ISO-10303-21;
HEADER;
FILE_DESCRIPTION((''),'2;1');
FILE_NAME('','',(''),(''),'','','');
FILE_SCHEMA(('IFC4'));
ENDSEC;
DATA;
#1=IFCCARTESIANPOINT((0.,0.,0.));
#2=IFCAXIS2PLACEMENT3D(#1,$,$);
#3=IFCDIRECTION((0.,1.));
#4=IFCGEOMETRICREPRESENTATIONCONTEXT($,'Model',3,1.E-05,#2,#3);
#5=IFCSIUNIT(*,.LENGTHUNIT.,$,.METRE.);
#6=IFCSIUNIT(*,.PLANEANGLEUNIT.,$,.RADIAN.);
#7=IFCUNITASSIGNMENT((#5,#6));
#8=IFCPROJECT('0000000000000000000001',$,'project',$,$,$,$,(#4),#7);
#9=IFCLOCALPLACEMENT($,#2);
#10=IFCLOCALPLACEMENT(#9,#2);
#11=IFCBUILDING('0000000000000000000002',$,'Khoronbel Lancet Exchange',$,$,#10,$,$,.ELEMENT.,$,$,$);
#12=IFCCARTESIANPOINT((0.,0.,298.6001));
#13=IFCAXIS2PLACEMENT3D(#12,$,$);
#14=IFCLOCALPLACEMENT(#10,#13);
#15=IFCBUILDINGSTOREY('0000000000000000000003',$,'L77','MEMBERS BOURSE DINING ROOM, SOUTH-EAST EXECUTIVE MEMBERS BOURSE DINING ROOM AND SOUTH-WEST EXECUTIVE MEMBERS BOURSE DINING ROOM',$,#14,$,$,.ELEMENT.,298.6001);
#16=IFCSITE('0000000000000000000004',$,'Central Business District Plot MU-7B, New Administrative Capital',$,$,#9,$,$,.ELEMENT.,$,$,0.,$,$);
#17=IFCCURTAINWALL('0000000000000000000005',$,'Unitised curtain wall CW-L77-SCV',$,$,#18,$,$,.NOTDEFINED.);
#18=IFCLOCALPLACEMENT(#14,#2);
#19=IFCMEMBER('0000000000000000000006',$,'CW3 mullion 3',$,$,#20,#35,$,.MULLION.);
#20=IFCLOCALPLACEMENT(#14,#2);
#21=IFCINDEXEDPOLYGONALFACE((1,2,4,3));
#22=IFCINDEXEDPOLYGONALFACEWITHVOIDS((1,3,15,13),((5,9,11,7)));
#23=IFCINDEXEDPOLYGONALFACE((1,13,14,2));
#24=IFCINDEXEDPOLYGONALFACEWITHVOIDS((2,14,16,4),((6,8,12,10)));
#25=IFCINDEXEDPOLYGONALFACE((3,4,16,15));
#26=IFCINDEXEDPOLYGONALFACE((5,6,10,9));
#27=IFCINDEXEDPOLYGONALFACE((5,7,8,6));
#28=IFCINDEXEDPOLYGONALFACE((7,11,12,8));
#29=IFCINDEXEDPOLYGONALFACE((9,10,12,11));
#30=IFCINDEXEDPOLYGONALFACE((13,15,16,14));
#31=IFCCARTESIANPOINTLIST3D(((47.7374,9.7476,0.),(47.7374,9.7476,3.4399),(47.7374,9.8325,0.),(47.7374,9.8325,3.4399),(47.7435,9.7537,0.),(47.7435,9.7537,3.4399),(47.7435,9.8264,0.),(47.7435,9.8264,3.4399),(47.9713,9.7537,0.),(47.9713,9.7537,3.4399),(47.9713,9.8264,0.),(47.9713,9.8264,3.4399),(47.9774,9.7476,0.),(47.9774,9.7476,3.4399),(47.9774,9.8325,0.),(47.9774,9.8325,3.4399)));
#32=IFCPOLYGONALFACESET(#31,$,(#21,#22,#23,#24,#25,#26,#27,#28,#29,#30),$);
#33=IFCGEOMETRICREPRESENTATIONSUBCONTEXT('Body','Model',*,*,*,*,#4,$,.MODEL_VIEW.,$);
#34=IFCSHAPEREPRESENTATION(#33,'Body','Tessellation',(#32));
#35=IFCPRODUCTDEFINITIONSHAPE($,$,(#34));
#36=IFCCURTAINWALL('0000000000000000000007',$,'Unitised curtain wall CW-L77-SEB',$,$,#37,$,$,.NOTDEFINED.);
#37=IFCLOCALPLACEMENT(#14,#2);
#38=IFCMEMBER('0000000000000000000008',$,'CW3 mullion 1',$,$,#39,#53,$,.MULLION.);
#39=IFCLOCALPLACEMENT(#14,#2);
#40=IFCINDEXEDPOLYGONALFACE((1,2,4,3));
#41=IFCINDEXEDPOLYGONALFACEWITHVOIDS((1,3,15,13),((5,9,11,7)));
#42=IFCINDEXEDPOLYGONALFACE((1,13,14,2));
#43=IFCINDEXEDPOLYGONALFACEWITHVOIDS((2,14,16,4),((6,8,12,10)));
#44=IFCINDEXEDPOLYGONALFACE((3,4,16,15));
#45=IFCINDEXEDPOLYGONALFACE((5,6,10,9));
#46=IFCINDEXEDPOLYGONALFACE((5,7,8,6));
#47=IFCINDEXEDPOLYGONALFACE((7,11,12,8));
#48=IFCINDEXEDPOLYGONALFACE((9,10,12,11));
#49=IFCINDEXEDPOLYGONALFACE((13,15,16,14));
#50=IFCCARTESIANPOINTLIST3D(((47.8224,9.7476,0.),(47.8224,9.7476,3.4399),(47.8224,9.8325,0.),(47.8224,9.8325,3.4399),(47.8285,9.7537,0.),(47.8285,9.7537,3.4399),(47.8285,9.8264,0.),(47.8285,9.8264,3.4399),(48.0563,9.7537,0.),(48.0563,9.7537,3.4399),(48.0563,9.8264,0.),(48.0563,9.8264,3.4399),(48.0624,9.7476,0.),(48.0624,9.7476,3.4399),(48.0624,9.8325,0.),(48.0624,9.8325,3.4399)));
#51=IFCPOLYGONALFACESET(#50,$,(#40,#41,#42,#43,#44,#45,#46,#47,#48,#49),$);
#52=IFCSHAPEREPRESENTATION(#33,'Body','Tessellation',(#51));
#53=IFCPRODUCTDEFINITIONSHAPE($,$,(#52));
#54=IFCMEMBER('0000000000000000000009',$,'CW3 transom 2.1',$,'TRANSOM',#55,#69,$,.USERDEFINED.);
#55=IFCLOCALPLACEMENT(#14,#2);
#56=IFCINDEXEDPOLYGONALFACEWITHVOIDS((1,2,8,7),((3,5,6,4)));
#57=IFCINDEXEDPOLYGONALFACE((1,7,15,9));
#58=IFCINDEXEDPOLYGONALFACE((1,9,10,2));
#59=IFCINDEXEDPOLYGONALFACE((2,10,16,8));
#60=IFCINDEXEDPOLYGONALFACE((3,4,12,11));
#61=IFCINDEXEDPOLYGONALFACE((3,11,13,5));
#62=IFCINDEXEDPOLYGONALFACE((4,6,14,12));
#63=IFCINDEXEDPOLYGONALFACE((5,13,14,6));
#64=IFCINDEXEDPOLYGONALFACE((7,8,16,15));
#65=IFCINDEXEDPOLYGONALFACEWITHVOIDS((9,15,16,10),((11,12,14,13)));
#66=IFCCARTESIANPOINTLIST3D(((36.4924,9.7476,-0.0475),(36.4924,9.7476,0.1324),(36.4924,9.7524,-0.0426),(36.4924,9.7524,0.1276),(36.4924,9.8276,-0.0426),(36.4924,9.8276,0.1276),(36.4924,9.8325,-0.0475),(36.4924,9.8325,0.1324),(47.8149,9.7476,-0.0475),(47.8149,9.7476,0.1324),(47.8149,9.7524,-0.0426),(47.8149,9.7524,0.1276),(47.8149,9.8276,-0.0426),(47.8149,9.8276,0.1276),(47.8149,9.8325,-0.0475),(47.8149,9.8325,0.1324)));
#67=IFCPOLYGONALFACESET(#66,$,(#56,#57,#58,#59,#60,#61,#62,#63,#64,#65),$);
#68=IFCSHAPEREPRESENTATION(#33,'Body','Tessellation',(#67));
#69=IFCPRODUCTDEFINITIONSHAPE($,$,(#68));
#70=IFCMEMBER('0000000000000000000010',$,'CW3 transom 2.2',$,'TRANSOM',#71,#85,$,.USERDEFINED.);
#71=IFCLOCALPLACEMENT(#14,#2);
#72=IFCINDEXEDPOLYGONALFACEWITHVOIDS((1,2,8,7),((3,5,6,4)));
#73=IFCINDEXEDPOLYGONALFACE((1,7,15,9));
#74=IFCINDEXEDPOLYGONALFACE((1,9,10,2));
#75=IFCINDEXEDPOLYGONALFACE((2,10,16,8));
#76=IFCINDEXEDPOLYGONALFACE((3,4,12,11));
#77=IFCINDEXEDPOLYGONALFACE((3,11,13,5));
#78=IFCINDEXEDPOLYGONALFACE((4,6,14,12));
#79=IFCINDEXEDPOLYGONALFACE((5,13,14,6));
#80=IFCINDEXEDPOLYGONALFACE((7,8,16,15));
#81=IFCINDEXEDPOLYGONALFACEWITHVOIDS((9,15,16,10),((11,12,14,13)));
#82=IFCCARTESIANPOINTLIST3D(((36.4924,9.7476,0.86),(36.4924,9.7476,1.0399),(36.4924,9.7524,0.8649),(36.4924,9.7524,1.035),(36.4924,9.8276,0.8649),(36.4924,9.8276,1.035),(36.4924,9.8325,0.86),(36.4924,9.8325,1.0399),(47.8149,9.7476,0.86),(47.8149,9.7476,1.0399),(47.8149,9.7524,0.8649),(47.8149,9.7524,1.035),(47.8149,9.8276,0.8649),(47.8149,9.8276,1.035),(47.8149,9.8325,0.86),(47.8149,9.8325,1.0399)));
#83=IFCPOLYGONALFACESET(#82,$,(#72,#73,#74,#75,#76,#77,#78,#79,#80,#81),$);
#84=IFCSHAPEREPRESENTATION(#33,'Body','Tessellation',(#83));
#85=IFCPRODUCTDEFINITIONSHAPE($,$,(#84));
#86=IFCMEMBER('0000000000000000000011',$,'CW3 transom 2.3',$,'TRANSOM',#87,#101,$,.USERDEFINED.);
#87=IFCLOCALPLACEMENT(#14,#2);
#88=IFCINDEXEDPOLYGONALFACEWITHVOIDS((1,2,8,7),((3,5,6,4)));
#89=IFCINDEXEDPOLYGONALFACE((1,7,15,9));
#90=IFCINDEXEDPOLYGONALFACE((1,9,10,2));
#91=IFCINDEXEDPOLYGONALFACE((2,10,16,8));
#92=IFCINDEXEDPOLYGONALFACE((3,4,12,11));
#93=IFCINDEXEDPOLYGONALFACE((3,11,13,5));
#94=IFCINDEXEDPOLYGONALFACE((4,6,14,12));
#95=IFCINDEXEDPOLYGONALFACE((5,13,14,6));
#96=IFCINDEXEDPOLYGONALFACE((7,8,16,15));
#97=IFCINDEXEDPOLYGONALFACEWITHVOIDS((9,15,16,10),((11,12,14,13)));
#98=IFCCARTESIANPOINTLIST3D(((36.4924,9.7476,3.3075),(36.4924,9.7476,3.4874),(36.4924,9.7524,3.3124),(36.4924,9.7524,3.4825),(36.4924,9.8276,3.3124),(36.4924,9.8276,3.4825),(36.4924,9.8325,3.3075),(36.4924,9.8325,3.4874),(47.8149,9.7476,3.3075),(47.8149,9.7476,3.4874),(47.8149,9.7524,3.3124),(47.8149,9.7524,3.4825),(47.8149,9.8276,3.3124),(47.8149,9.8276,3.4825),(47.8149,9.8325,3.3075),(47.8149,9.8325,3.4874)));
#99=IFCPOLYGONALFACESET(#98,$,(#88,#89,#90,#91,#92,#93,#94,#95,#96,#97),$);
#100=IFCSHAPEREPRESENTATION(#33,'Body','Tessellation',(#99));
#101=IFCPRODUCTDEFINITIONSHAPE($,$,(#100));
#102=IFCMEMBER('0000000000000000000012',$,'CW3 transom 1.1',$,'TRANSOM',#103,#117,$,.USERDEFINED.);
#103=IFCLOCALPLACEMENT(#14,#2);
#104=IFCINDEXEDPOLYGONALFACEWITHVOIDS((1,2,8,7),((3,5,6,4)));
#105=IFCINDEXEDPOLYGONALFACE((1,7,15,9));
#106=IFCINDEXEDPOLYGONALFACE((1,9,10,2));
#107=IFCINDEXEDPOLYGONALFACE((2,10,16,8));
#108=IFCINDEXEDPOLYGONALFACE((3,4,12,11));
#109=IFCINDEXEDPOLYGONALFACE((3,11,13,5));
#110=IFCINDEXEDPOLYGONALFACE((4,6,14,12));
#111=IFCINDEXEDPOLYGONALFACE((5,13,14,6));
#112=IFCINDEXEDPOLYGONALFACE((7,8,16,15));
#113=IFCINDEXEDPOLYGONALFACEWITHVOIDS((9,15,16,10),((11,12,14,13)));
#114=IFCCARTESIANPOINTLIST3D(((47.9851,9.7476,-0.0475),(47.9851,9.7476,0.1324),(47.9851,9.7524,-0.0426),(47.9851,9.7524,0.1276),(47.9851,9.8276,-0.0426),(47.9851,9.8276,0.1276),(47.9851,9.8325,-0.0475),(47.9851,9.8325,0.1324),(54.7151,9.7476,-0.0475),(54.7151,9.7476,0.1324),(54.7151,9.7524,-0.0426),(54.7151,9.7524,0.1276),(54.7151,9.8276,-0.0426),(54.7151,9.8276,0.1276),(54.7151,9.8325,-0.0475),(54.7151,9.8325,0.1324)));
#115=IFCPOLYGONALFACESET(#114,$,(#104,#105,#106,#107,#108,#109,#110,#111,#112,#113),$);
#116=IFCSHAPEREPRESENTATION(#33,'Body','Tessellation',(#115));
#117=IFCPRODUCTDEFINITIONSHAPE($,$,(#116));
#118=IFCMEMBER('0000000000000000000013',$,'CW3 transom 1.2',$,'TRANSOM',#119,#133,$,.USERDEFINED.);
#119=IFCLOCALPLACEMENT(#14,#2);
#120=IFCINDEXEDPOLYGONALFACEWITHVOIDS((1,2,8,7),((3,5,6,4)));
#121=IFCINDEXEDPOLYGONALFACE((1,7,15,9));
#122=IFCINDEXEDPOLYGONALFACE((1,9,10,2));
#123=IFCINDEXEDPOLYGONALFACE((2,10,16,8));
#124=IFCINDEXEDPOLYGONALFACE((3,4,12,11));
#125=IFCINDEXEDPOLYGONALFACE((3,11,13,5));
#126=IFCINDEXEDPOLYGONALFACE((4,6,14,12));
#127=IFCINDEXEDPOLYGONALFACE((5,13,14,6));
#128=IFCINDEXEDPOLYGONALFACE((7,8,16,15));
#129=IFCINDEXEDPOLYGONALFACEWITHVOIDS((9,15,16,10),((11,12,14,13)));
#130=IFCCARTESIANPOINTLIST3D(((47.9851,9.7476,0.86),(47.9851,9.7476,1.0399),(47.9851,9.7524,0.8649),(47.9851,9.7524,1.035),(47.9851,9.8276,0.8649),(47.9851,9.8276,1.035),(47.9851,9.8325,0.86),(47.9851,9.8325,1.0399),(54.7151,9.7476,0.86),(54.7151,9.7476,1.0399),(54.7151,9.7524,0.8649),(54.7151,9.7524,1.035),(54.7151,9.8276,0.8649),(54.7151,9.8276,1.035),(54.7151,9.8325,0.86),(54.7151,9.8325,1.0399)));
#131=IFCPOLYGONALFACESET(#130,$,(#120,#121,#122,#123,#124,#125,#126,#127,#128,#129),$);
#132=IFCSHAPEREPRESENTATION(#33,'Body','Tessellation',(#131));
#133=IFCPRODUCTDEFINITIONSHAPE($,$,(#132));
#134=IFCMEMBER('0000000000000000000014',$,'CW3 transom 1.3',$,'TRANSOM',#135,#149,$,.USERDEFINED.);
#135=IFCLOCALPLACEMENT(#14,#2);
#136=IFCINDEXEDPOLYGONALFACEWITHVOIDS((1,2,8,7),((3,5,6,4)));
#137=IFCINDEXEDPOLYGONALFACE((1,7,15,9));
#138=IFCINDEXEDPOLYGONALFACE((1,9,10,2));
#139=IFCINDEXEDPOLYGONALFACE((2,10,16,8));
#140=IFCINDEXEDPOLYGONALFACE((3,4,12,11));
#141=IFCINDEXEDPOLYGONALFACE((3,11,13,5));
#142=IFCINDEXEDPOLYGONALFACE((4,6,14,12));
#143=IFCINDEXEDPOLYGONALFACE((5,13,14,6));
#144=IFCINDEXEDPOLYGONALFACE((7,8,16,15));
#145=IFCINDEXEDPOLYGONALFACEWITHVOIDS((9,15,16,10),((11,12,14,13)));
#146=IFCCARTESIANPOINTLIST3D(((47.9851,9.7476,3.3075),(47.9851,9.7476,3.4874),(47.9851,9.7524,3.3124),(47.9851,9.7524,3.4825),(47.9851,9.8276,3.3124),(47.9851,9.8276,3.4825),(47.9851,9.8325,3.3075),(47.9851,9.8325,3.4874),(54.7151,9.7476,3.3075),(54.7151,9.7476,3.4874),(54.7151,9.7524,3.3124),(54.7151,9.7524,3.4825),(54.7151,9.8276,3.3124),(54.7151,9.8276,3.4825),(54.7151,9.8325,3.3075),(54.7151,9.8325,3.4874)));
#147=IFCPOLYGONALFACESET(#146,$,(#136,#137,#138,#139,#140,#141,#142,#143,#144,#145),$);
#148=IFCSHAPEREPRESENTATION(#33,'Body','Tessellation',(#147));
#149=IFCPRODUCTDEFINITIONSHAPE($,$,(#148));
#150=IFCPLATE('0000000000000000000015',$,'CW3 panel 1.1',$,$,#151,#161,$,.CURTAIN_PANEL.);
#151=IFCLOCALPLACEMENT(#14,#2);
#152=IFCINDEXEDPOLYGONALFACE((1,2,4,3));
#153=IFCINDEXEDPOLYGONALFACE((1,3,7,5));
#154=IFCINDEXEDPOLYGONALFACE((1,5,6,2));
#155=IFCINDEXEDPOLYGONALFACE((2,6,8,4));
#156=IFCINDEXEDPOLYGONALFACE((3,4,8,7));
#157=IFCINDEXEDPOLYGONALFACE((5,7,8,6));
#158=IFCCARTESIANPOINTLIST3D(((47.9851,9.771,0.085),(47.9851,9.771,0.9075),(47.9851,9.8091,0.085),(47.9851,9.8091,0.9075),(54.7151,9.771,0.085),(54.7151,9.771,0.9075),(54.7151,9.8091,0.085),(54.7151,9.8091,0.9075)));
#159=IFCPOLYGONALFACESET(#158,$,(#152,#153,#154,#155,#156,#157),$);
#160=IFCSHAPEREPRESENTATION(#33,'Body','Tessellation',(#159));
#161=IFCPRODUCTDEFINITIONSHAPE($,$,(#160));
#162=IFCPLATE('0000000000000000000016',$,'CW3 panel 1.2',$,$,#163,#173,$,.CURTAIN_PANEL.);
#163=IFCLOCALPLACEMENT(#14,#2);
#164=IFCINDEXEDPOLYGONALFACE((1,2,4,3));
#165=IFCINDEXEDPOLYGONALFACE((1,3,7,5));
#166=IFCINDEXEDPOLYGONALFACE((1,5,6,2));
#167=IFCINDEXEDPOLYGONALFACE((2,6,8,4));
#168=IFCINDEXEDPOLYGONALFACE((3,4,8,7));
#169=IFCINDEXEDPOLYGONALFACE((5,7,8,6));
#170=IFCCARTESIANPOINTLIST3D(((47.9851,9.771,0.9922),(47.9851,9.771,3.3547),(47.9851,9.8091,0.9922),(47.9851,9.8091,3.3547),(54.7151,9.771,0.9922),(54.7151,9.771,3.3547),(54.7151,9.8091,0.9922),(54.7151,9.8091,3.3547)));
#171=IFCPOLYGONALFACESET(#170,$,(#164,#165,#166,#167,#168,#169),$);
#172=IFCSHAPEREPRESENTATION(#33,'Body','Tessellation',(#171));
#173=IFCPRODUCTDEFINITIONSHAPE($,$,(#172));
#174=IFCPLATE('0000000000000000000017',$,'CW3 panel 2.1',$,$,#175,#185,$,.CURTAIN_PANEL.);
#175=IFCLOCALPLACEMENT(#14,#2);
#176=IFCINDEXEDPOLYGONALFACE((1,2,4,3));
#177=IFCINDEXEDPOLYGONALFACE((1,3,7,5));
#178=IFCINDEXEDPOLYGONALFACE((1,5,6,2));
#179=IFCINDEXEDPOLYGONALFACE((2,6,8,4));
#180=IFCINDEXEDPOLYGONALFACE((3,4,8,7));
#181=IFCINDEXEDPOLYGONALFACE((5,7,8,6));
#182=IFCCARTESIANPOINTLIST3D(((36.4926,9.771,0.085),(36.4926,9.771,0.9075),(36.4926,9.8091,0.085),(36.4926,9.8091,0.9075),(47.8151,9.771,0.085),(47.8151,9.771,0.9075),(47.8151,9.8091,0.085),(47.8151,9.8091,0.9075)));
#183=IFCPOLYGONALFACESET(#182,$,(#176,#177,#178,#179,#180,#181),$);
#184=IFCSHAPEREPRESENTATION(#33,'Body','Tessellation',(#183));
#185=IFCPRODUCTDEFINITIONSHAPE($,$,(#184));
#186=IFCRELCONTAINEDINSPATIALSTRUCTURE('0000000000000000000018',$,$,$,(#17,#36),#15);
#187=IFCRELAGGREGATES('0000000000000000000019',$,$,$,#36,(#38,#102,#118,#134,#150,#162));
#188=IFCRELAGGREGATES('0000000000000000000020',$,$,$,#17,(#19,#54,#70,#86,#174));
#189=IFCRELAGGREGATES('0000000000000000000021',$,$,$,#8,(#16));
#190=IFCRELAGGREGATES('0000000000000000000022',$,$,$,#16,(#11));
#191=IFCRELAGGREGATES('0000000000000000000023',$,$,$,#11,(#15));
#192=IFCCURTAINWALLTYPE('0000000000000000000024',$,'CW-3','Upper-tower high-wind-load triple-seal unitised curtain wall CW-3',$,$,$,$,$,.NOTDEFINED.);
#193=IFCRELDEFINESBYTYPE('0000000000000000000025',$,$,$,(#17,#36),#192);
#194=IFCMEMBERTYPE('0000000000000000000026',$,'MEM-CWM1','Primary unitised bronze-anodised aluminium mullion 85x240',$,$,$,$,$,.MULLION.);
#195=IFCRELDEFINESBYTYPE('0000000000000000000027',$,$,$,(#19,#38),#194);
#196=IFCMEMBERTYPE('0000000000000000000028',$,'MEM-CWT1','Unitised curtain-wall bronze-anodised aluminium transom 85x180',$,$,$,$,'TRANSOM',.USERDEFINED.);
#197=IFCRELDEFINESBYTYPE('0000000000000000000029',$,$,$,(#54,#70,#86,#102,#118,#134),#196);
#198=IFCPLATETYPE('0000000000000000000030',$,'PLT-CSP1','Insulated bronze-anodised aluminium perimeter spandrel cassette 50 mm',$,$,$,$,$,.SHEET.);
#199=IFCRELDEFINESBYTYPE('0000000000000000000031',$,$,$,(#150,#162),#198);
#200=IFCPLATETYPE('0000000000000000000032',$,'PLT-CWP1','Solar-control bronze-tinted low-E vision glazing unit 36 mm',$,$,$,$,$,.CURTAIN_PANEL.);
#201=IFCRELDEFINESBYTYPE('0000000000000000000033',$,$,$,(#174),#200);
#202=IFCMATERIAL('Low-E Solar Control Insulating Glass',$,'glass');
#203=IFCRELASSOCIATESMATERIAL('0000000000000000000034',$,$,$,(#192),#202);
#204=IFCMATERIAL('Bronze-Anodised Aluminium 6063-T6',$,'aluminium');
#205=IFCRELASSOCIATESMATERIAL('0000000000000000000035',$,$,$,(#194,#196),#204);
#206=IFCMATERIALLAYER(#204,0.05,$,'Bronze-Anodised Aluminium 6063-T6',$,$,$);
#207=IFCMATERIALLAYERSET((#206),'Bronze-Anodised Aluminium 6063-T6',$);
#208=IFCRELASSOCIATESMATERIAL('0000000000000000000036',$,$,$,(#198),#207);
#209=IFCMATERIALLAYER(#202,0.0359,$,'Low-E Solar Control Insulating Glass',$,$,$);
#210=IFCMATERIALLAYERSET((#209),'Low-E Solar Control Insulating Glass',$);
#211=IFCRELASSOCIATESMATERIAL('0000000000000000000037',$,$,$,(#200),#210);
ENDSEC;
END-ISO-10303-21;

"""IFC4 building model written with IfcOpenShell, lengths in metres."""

from ifc_helpers import new_model, si_unit, direction, frame, origin, origin_2d, place, context, subcontext, project, spatial, rectangle, hollow_rectangle, extrude, material, layer, layer_set, material_profile, profile_set, type_object, element, aggregate, save


model = new_model("IFC4")

# Units and contexts
model_context = context("Model", 3, precision=1e-05, world=origin(), true_north=direction((0.0, 1.0)))
body_context = subcontext(model_context, "Body", "Model", "MODEL_VIEW")
ifc_project = project(units=[si_unit("LENGTHUNIT", "METRE"), si_unit("PLANEANGLEUNIT", "RADIAN")], contexts=[model_context])

# Site, building, storey
site_placement = place(None, origin())
site = spatial("IfcSite", under=ifc_project, at=site_placement, Name="Central Business District Plot MU-7B, New Administrative Capital", CompositionType="ELEMENT", RefElevation=0.0)
building_placement = place(site_placement, origin())
building = spatial("IfcBuilding", under=site, at=building_placement, Name="Khoronbel Lancet Exchange", CompositionType="ELEMENT")
storey_placement = place(building_placement, frame((0.0, 0.0, 298.6001)))
storey = spatial("IfcBuildingStorey", under=building, at=storey_placement, Name="L77", Description="MEMBERS BOURSE DINING ROOM, SOUTH-EAST EXECUTIVE MEMBERS BOURSE DINING ROOM AND SOUTH-WEST EXECUTIVE MEMBERS BOURSE DINING ROOM", CompositionType="ELEMENT", Elevation=298.6001)

# Curtain wall, member
ifc_material_1 = material(Name="Low-E Solar Control Insulating Glass", Category="glass")
curtain_wall_type = type_object("IfcCurtainWallType", Name="CW-3", Description="Upper-tower high-wind-load triple-seal unitised curtain wall CW-3", PredefinedType="NOTDEFINED", material=ifc_material_1)
curtain_wall_1_placement = place(storey_placement, origin())
curtain_wall_1 = element("IfcCurtainWall", 1, at=curtain_wall_1_placement, inside=storey, type_object=curtain_wall_type, Name="Unitised curtain wall CW-L77-SCV", PredefinedType="NOTDEFINED")
ifc_material_2 = material(Name="Bronze-Anodised Aluminium 6063-T6", Category="aluminium")
ifc_material_profile_1 = material_profile(ifc_material_2, hollow_rectangle(XDim=0.085, YDim=0.24, WallThickness=0.0061, at=origin_2d()), Name="ALU MULLION 85x240")
ifc_profile_set_1 = profile_set([ifc_material_profile_1], Name="Bronze-Anodised Aluminium 6063-T6")
member_type_1 = type_object("IfcMemberType", Name="MEM-CWM1", Description="Primary unitised bronze-anodised aluminium mullion 85x240", PredefinedType="MULLION", material=ifc_profile_set_1)
member_1_placement = place(storey_placement, frame((47.8574, 9.79, 0.0), z_axis=(0.0, 0.0, 1.0), x_axis=(0.0, 1.0, 0.0)))
member_1 = element("IfcMember", 2, at=member_1_placement, type_object=member_type_1, Name="CW3 mullion 3", PredefinedType="MULLION", context=body_context, shape_type="SweptSolid", body=[
    extrude(hollow_rectangle(XDim=0.085, YDim=0.24, WallThickness=0.0061, at=origin_2d()), origin(), (0.0, 0.0, 1.0), 3.4399),
])

# Curtain wall, member
curtain_wall_2_placement = place(storey_placement, origin())
curtain_wall_2 = element("IfcCurtainWall", 3, at=curtain_wall_2_placement, inside=storey, type_object=curtain_wall_type, Name="Unitised curtain wall CW-L77-SEB", PredefinedType="NOTDEFINED")
member_2_placement = place(storey_placement, frame((47.9424, 9.79, 0.0), z_axis=(0.0, 0.0, 1.0), x_axis=(0.0, 1.0, 0.0)))
member_2 = element("IfcMember", 4, at=member_2_placement, type_object=member_type_1, Name="CW3 mullion 1", PredefinedType="MULLION", context=body_context, shape_type="SweptSolid", body=[
    extrude(hollow_rectangle(XDim=0.085, YDim=0.24, WallThickness=0.0061, at=origin_2d()), origin(), (0.0, 0.0, 1.0), 3.4399),
])

# Members
ifc_material_profile_2 = material_profile(ifc_material_2, hollow_rectangle(XDim=0.085, YDim=0.1799, WallThickness=0.0049, at=origin_2d()), Name="ALU TRANSOM 85x180")
ifc_profile_set_2 = profile_set([ifc_material_profile_2], Name="Bronze-Anodised Aluminium 6063-T6")
member_type_2 = type_object("IfcMemberType", Name="MEM-CWT1", Description="Unitised curtain-wall bronze-anodised aluminium transom 85x180", ElementType="TRANSOM", PredefinedType="USERDEFINED", material=ifc_profile_set_2)
member_3_placement = place(storey_placement, frame((36.4924, 9.79, 0.0425), z_axis=(1.0, 0.0, 0.0), x_axis=(0.0, 1.0, 0.0)))
member_3 = element("IfcMember", 5, at=member_3_placement, type_object=member_type_2, Name="CW3 transom 2.1", ObjectType="TRANSOM", PredefinedType="USERDEFINED", context=body_context, shape_type="SweptSolid", body=[
    extrude(hollow_rectangle(XDim=0.085, YDim=0.1799, WallThickness=0.0049, at=origin_2d()), origin(), (0.0, 0.0, 1.0), 11.3225),
])
member_4_placement = place(storey_placement, frame((36.4924, 9.79, 0.95), z_axis=(1.0, 0.0, 0.0), x_axis=(0.0, 1.0, 0.0)))
member_4 = element("IfcMember", 6, at=member_4_placement, type_object=member_type_2, Name="CW3 transom 2.2", ObjectType="TRANSOM", PredefinedType="USERDEFINED", context=body_context, shape_type="SweptSolid", body=[
    extrude(hollow_rectangle(XDim=0.085, YDim=0.1799, WallThickness=0.0049, at=origin_2d()), origin(), (0.0, 0.0, 1.0), 11.3225),
])
member_5_placement = place(storey_placement, frame((36.4924, 9.79, 3.3975), z_axis=(1.0, 0.0, 0.0), x_axis=(0.0, 1.0, 0.0)))
member_5 = element("IfcMember", 7, at=member_5_placement, type_object=member_type_2, Name="CW3 transom 2.3", ObjectType="TRANSOM", PredefinedType="USERDEFINED", context=body_context, shape_type="SweptSolid", body=[
    extrude(hollow_rectangle(XDim=0.085, YDim=0.1799, WallThickness=0.0049, at=origin_2d()), origin(), (0.0, 0.0, 1.0), 11.3225),
])
member_6_placement = place(storey_placement, frame((47.9851, 9.79, 0.0425), z_axis=(1.0, 0.0, 0.0), x_axis=(0.0, 1.0, 0.0)))
member_6 = element("IfcMember", 8, at=member_6_placement, type_object=member_type_2, Name="CW3 transom 1.1", ObjectType="TRANSOM", PredefinedType="USERDEFINED", context=body_context, shape_type="SweptSolid", body=[
    extrude(hollow_rectangle(XDim=0.085, YDim=0.1799, WallThickness=0.0049, at=origin_2d()), origin(), (0.0, 0.0, 1.0), 6.73),
])
member_7_placement = place(storey_placement, frame((47.9851, 9.79, 0.95), z_axis=(1.0, 0.0, 0.0), x_axis=(0.0, 1.0, 0.0)))
member_7 = element("IfcMember", 9, at=member_7_placement, type_object=member_type_2, Name="CW3 transom 1.2", ObjectType="TRANSOM", PredefinedType="USERDEFINED", context=body_context, shape_type="SweptSolid", body=[
    extrude(hollow_rectangle(XDim=0.085, YDim=0.1799, WallThickness=0.0049, at=origin_2d()), origin(), (0.0, 0.0, 1.0), 6.73),
])
member_8_placement = place(storey_placement, frame((47.9851, 9.79, 3.3975), z_axis=(1.0, 0.0, 0.0), x_axis=(0.0, 1.0, 0.0)))
member_8 = element("IfcMember", 10, at=member_8_placement, type_object=member_type_2, Name="CW3 transom 1.3", ObjectType="TRANSOM", PredefinedType="USERDEFINED", context=body_context, shape_type="SweptSolid", body=[
    extrude(hollow_rectangle(XDim=0.085, YDim=0.1799, WallThickness=0.0049, at=origin_2d()), origin(), (0.0, 0.0, 1.0), 6.73),
])

# Plates
ifc_layer_1 = layer(ifc_material_2, 0.05, Name="Bronze-Anodised Aluminium 6063-T6")
ifc_layer_set_1 = layer_set([ifc_layer_1], Name="Bronze-Anodised Aluminium 6063-T6")
plate_type_1 = type_object("IfcPlateType", Name="PLT-CSP1", Description="Insulated bronze-anodised aluminium perimeter spandrel cassette 50 mm", PredefinedType="SHEET", material=ifc_layer_set_1)
plate_1_placement = place(storey_placement, frame((51.3501, 9.79, 0.085), z_axis=(0.0, 0.0, 1.0), x_axis=(1.0, 0.0, 0.0)))
plate_1 = element("IfcPlate", 11, at=plate_1_placement, type_object=plate_type_1, Name="CW3 panel 1.1", PredefinedType="CURTAIN_PANEL", context=body_context, shape_type="SweptSolid", body=[
    extrude(rectangle(XDim=6.73, YDim=0.0381, at=origin_2d()), origin(), (0.0, 0.0, 1.0), 0.8225),
])
plate_2_placement = place(storey_placement, frame((51.3501, 9.79, 0.9922), z_axis=(0.0, 0.0, 1.0), x_axis=(1.0, 0.0, 0.0)))
plate_2 = element("IfcPlate", 12, at=plate_2_placement, type_object=plate_type_1, Name="CW3 panel 1.2", PredefinedType="CURTAIN_PANEL", context=body_context, shape_type="SweptSolid", body=[
    extrude(rectangle(XDim=6.73, YDim=0.0381, at=origin_2d()), origin(), (0.0, 0.0, 1.0), 2.3625),
])
aggregate(curtain_wall_2, [member_2, member_6, member_7, member_8, plate_1, plate_2])
ifc_layer_2 = layer(ifc_material_1, 0.0359, Name="Low-E Solar Control Insulating Glass")
ifc_layer_set_2 = layer_set([ifc_layer_2], Name="Low-E Solar Control Insulating Glass")
plate_type_2 = type_object("IfcPlateType", Name="PLT-CWP1", Description="Solar-control bronze-tinted low-E vision glazing unit 36 mm", PredefinedType="CURTAIN_PANEL", material=ifc_layer_set_2)
plate_3_placement = place(storey_placement, frame((42.1538, 9.79, 0.085), z_axis=(0.0, 0.0, 1.0), x_axis=(1.0, 0.0, 0.0)))
plate_3 = element("IfcPlate", 13, at=plate_3_placement, type_object=plate_type_2, Name="CW3 panel 2.1", PredefinedType="CURTAIN_PANEL", context=body_context, shape_type="SweptSolid", body=[
    extrude(rectangle(XDim=11.3225, YDim=0.0381, at=origin_2d()), origin(), (0.0, 0.0, 1.0), 0.8225),
])
aggregate(curtain_wall_1, [member_1, member_3, member_4, member_5, plate_3])

save(model, "model.ifc")
